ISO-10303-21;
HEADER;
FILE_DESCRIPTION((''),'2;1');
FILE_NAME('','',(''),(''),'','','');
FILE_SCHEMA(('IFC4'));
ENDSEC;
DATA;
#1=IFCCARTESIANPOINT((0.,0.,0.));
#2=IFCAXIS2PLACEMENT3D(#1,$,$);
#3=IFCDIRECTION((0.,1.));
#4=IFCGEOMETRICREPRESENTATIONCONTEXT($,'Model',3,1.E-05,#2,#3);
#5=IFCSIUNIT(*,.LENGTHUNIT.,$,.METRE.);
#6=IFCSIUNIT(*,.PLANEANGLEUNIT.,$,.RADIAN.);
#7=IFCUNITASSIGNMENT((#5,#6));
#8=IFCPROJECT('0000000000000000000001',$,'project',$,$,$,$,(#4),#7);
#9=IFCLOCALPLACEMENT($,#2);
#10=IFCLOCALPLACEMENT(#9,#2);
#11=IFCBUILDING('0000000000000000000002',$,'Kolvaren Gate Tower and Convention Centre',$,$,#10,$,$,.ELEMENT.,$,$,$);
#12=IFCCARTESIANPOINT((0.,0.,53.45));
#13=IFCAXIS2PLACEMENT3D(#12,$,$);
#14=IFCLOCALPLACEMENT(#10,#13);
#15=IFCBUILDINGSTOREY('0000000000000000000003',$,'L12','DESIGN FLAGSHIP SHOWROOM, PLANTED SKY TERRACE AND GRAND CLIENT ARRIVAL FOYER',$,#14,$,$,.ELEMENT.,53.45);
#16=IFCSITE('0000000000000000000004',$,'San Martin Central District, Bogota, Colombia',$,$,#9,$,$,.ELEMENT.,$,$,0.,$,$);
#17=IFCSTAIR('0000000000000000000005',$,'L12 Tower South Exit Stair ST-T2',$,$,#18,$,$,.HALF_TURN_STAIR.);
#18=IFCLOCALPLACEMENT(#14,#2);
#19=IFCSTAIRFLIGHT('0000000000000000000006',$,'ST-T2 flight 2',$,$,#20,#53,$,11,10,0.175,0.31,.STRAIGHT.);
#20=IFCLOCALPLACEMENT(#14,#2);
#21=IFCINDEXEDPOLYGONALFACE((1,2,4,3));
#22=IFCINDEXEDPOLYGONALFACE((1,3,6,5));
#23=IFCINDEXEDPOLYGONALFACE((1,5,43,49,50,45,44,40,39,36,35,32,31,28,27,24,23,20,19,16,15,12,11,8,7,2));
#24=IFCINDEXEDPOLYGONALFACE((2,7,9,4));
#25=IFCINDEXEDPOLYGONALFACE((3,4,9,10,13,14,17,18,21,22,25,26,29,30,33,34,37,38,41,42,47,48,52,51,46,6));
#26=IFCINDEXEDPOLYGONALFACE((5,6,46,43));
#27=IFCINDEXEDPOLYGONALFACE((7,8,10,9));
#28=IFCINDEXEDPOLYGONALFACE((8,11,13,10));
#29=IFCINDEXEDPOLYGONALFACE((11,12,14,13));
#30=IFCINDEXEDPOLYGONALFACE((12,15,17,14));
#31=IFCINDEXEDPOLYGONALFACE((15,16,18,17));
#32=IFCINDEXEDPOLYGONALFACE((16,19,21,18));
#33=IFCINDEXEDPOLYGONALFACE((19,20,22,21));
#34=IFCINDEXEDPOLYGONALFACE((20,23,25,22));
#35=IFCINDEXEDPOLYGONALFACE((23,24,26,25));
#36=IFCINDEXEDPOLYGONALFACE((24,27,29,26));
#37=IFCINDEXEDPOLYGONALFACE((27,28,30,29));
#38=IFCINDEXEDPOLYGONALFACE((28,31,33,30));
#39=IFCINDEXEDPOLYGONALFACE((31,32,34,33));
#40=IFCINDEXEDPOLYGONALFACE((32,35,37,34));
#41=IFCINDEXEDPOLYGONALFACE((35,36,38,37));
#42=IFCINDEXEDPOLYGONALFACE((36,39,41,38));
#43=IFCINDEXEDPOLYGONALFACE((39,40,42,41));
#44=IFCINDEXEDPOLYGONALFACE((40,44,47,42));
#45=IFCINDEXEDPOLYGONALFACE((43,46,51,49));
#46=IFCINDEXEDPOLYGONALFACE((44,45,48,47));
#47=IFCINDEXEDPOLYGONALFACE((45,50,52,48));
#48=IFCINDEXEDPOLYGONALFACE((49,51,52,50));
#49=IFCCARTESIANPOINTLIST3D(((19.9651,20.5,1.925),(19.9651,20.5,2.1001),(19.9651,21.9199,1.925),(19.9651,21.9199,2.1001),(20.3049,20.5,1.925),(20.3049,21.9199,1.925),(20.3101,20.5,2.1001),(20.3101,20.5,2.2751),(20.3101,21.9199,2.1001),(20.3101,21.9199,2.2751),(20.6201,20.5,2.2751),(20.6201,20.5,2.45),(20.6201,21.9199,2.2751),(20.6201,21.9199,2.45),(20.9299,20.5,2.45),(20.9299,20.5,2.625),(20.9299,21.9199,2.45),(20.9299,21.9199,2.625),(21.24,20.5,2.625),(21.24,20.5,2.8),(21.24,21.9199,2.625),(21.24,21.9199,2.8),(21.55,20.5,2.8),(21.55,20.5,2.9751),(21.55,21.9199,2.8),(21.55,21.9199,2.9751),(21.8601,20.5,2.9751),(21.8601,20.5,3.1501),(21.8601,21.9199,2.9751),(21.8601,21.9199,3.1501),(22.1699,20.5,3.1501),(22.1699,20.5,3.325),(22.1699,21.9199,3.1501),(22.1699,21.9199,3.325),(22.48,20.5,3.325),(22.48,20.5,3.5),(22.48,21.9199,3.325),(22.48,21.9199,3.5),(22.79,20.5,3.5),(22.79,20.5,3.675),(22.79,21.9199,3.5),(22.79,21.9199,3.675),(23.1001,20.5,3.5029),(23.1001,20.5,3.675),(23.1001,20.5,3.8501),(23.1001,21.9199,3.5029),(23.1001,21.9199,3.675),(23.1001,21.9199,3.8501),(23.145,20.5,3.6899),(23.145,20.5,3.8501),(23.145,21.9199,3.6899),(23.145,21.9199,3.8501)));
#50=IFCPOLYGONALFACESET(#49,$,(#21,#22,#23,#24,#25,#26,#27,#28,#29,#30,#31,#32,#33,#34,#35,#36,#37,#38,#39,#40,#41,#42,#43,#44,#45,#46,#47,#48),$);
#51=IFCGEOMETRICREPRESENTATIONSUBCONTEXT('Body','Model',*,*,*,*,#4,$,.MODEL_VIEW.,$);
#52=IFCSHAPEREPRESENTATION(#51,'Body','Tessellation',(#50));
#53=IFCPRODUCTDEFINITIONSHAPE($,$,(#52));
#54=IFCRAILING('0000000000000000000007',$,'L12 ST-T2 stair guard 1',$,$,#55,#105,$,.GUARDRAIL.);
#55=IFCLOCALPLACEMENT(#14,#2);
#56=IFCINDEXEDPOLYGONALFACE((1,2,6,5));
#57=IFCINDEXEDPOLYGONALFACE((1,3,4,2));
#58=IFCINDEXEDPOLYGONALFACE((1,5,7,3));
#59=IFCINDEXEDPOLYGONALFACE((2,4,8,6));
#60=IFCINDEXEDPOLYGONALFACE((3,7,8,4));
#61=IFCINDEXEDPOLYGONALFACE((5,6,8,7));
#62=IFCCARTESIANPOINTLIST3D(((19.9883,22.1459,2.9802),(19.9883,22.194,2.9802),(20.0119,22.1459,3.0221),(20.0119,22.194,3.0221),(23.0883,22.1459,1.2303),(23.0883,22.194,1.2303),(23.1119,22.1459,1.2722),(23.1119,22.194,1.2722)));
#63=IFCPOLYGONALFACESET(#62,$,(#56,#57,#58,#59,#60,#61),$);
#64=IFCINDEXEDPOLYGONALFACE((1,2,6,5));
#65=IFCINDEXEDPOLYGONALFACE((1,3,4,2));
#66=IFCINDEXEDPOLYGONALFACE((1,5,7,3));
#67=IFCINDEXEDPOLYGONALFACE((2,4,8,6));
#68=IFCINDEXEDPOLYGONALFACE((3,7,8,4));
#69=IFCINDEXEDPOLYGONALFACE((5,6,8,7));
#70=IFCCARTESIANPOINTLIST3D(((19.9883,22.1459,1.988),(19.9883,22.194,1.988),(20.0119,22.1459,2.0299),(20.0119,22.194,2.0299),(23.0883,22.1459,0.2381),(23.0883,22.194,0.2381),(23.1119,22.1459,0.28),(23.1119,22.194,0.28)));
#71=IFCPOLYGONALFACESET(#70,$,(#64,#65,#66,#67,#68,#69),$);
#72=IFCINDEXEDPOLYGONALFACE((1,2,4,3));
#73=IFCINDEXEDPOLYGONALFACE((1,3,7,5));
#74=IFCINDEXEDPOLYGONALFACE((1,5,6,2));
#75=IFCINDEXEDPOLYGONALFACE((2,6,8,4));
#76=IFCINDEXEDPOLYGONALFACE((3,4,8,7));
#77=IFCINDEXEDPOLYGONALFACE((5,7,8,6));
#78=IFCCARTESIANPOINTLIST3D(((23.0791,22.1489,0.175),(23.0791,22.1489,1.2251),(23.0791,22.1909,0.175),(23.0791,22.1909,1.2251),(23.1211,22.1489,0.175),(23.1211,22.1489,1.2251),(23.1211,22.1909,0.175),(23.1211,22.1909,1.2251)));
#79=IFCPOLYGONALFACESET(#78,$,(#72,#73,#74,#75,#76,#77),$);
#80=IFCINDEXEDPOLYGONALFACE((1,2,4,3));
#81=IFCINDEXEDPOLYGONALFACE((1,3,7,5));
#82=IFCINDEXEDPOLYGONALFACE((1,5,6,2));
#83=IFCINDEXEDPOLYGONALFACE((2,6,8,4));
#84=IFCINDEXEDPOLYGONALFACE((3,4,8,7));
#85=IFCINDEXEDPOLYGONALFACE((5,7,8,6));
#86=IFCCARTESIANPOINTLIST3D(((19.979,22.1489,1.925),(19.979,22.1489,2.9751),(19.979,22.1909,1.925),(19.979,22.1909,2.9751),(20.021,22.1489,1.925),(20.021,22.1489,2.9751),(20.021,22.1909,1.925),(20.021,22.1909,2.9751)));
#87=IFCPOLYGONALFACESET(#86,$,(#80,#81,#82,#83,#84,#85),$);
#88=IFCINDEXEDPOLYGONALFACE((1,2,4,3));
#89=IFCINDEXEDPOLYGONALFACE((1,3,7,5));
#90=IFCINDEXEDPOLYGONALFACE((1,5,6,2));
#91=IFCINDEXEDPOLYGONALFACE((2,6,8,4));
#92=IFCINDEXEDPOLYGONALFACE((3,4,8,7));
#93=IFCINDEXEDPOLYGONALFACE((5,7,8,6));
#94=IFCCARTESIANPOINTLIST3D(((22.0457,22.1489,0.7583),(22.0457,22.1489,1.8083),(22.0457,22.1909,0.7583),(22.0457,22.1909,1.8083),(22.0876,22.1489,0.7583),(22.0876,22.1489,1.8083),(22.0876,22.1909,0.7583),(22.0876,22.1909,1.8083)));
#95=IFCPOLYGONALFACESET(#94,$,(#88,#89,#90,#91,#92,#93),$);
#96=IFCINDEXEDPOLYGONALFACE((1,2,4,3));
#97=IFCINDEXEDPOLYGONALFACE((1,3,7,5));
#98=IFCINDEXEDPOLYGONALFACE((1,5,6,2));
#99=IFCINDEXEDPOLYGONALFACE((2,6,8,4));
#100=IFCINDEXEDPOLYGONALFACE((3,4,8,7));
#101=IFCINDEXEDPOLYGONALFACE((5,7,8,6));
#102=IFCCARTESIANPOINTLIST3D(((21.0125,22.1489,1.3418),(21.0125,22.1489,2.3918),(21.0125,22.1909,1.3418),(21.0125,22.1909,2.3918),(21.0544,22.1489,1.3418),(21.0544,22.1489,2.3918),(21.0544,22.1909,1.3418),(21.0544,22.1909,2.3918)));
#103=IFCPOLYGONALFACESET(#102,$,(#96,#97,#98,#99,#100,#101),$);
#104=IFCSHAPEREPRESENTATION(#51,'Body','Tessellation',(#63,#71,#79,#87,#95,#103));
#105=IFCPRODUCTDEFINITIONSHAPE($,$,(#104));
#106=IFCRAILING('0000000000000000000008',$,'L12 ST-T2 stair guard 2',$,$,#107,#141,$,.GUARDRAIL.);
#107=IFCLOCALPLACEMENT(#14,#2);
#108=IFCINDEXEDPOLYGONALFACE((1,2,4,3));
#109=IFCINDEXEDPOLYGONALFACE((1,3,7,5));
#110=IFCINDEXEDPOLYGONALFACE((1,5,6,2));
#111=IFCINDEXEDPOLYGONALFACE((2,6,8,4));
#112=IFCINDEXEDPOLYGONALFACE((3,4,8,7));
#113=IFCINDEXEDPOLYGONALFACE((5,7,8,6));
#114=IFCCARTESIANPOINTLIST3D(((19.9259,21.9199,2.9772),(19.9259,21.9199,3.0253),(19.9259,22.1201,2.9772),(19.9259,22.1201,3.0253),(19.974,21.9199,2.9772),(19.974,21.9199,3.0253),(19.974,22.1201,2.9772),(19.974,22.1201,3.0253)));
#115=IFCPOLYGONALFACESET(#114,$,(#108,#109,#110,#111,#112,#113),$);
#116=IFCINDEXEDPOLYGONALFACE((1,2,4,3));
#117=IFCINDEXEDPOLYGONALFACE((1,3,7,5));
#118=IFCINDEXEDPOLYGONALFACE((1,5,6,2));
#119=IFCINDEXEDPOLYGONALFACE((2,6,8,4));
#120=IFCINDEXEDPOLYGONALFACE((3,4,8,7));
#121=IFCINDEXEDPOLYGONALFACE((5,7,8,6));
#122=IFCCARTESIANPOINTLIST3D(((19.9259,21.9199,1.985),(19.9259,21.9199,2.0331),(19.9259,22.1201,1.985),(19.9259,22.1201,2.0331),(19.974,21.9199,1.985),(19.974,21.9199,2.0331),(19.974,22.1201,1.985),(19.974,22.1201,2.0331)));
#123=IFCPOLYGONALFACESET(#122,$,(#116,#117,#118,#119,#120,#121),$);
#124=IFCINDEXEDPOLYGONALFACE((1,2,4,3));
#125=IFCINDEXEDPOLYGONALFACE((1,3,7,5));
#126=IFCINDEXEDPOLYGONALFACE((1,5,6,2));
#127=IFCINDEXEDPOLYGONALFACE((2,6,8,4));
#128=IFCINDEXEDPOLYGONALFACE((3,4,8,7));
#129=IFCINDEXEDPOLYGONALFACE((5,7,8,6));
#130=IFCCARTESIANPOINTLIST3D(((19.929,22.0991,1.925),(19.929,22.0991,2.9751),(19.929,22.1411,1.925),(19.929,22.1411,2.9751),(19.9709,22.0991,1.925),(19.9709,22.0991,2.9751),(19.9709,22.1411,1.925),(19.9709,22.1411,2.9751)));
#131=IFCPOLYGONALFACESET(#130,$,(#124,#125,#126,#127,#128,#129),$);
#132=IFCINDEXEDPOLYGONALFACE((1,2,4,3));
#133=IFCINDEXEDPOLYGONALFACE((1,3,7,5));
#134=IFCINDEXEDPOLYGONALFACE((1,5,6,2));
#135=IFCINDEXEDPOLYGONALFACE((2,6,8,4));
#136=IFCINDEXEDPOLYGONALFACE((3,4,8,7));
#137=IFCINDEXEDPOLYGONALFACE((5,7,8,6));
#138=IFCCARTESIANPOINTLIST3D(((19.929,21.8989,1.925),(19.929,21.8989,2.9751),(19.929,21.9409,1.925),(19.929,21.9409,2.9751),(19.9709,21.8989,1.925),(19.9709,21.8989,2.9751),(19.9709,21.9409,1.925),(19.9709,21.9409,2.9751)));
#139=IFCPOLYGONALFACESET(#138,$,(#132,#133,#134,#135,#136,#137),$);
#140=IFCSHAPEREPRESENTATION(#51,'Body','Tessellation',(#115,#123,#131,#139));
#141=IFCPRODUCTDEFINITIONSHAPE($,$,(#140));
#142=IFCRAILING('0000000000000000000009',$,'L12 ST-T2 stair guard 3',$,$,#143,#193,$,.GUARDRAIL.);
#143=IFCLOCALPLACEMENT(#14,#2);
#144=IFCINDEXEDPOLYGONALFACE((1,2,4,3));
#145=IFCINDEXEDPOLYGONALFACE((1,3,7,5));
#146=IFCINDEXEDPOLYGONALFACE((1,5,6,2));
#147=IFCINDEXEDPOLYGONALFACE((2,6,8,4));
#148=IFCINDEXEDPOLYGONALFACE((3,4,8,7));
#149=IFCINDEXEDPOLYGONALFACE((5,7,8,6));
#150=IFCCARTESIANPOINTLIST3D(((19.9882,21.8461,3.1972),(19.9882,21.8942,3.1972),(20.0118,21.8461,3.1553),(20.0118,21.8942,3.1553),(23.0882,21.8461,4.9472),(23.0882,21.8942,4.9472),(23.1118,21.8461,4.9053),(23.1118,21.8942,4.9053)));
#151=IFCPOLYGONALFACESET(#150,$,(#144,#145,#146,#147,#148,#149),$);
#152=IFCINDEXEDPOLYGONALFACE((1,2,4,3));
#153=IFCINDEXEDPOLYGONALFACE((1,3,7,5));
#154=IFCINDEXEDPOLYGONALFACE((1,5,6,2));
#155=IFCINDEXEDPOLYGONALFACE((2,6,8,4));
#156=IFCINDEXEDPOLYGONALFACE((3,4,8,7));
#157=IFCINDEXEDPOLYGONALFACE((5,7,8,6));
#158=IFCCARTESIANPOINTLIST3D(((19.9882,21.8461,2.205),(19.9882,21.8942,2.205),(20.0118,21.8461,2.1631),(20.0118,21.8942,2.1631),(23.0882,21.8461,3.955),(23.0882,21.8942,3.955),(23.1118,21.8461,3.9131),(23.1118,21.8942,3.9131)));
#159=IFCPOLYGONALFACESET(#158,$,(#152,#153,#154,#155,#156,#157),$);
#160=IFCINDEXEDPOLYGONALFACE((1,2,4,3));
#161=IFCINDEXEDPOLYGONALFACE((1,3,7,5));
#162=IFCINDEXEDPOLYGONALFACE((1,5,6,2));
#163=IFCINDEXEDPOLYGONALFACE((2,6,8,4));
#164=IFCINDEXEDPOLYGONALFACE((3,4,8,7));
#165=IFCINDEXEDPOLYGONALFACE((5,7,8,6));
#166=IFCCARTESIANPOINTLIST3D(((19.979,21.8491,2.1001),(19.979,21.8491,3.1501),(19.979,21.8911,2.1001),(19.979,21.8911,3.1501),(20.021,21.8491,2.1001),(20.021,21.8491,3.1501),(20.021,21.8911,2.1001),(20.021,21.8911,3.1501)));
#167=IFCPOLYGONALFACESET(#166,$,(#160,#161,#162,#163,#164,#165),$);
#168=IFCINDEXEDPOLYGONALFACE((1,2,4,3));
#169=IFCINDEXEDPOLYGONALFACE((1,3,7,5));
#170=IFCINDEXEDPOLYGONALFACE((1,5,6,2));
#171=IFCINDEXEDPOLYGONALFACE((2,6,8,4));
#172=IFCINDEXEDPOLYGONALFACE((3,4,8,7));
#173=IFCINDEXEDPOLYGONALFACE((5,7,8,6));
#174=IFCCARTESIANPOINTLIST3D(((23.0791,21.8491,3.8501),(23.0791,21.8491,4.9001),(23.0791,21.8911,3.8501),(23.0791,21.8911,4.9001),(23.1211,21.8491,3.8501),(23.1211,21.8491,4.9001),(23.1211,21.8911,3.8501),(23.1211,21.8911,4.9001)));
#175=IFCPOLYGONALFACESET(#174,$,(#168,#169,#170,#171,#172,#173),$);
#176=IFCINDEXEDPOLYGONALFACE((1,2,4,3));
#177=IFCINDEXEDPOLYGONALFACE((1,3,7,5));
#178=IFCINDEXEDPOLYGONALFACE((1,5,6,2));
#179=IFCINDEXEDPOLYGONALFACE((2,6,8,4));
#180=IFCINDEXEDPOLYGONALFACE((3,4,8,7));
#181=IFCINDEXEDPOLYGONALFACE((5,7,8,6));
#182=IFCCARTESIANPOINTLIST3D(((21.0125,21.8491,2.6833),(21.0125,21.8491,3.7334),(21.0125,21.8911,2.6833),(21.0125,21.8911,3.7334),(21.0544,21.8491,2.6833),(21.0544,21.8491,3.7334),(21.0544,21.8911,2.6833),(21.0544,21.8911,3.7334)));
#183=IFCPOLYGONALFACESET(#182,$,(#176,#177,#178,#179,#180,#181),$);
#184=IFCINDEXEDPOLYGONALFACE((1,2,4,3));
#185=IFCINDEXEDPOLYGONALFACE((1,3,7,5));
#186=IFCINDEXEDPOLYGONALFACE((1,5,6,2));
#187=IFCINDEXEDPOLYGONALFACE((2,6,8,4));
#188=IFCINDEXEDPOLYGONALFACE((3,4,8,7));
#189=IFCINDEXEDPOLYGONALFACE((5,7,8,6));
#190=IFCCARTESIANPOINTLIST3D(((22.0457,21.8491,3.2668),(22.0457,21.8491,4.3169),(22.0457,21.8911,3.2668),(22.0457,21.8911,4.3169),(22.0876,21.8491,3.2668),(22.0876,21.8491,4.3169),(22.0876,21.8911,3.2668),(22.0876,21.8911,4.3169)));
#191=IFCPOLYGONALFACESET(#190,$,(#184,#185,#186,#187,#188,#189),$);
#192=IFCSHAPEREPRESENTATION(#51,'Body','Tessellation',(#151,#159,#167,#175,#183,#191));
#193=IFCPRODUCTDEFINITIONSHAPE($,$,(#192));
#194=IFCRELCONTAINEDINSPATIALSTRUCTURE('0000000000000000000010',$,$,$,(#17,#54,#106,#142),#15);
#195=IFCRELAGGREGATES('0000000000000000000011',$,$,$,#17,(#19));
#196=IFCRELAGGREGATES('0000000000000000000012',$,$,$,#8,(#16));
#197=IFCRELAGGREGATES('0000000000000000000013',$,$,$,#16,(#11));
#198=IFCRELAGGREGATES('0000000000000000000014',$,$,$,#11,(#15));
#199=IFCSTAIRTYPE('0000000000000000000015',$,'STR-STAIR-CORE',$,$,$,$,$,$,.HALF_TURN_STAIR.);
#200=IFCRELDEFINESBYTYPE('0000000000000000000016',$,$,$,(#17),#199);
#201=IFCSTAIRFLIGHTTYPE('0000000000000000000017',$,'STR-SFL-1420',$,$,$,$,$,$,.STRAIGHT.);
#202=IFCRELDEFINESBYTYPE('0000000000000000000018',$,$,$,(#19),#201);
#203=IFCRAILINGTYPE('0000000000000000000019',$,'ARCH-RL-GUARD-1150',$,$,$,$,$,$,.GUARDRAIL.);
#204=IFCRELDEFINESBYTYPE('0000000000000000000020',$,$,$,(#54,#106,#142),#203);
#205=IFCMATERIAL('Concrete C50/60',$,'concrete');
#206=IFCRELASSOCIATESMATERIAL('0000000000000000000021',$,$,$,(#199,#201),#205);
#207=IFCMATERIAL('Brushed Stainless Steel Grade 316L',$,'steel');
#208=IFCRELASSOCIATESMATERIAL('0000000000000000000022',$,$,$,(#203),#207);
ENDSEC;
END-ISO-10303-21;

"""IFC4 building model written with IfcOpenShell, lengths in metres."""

from ifc_helpers import new_model, si_unit, direction, frame, origin, origin_2d, place, context, subcontext, project, spatial, polyline, rectangle, outline, extrude, material, type_object, element, aggregate, save


model = new_model("IFC4")

# Units and contexts
model_context = context("Model", 3, precision=1e-05, world=origin(), true_north=direction((0.0, 1.0)))
body_context = subcontext(model_context, "Body", "Model", "MODEL_VIEW")
ifc_project = project(units=[si_unit("LENGTHUNIT", "METRE"), si_unit("PLANEANGLEUNIT", "RADIAN")], contexts=[model_context])

# Site, building, storey
site_placement = place(None, origin())
site = spatial("IfcSite", under=ifc_project, at=site_placement, Name="San Martin Central District, Bogota, Colombia", CompositionType="ELEMENT", RefElevation=0.0)
building_placement = place(site_placement, origin())
building = spatial("IfcBuilding", under=site, at=building_placement, Name="Kolvaren Gate Tower and Convention Centre", CompositionType="ELEMENT")
storey_placement = place(building_placement, frame((0.0, 0.0, 53.45)))
storey = spatial("IfcBuildingStorey", under=building, at=storey_placement, Name="L12", Description="DESIGN FLAGSHIP SHOWROOM, PLANTED SKY TERRACE AND GRAND CLIENT ARRIVAL FOYER", CompositionType="ELEMENT", Elevation=53.45)

# Shared definitions
ifc_material_1 = material(Name="Brushed Stainless Steel Grade 316L", Category="steel")

# Shared definitions
ifc_material_2 = material(Name="Concrete C50/60", Category="concrete")

# Stair, stair flight
stair_type = type_object("IfcStairType", Name="STR-STAIR-CORE", PredefinedType="HALF_TURN_STAIR", material=ifc_material_2)
stair_placement = place(storey_placement, origin())
stair = element("IfcStair", 1, at=stair_placement, inside=storey, type_object=stair_type, Name="L12 Tower South Exit Stair ST-T2", PredefinedType="HALF_TURN_STAIR")
stair_flight_type = type_object("IfcStairFlightType", Name="STR-SFL-1420", PredefinedType="STRAIGHT", material=ifc_material_2)
stair_flight_1_placement = place(storey_placement, frame((20.0, 21.21, 1.925), z_axis=(0.0, 0.0, 1.0), x_axis=(1.0, 0.0, 0.0)))
stair_flight_1 = element("IfcStairFlight", 2, at=stair_flight_1_placement, type_object=stair_flight_type, Name="ST-T2 flight 2", NumberOfRisers=11, NumberOfTreads=10, PredefinedType="STRAIGHT", RiserHeight=0.175, TreadLength=0.31, context=body_context, shape_type="SweptSolid", body=[
    extrude(outline(polyline([(-0.0349, 0.0), (-0.0349, 0.175), (0.3101, 0.175), (0.3101, 0.3501), (0.6201, 0.3501), (0.6201, 0.5249), (0.9299, 0.5249), (0.9299, 0.7), (1.24, 0.7), (1.24, 0.875), (1.55, 0.875), (1.55, 1.05), (1.8601, 1.05), (1.8601, 1.2251), (2.1699, 1.2251), (2.1699, 1.3999), (2.48, 1.3999), (2.48, 1.575), (2.79, 1.575), (2.79, 1.75), (3.1001, 1.75), (3.1001, 1.925), (3.145, 1.925), (3.145, 1.7649), (3.1001, 1.5779), (0.3049, 0.0), (-0.0349, 0.0)])), frame((0.0, 0.71, 0.0), z_axis=(0.0, -1.0, 0.0), x_axis=(1.0, 0.0, 0.0)), (0.0, 0.0, 1.0), 1.4199),
])
aggregate(stair, [stair_flight_1])

# Railings
railing_type_1 = type_object("IfcRailingType", Name="ARCH-RL-GUARD-1150", PredefinedType="GUARDRAIL", material=ifc_material_1)
railing_1_placement = place(storey_placement, frame((23.1001, 22.1699, 0.175)))
element("IfcRailing", 3, at=railing_1_placement, inside=storey, type_object=railing_type_1, Name="L12 ST-T2 stair guard 1", PredefinedType="GUARDRAIL", context=body_context, shape_type="SweptSolid", body=[
    extrude(rectangle(XDim=0.0481, YDim=0.0481, at=origin_2d()), frame((0.0, 0.0, 1.0762), z_axis=(-0.870831, 0.0, 0.491583), x_axis=(0.0, -1.0, 0.0)), (0.0, 0.0, 1.0), 3.5598),
    extrude(rectangle(XDim=0.0481, YDim=0.0481, at=origin_2d()), frame((0.0, 0.0, 0.084), z_axis=(-0.870831, 0.0, 0.491583), x_axis=(0.0, -1.0, 0.0)), (0.0, 0.0, 1.0), 3.5598),
    extrude(rectangle(XDim=0.042, YDim=0.042, at=origin_2d()), origin(), (0.0, 0.0, 1.0), 1.05),
    extrude(rectangle(XDim=0.042, YDim=0.042, at=origin_2d()), frame((-3.1001, 0.0, 1.75)), (0.0, 0.0, 1.0), 1.05),
    extrude(rectangle(XDim=0.042, YDim=0.042, at=origin_2d()), frame((-1.0334, 0.0, 0.5833)), (0.0, 0.0, 1.0), 1.05),
    extrude(rectangle(XDim=0.042, YDim=0.042, at=origin_2d()), frame((-2.0667, 0.0, 1.1667)), (0.0, 0.0, 1.0), 1.05),
])
railing_2_placement = place(storey_placement, frame((19.95, 22.1201, 1.925)))
element("IfcRailing", 4, at=railing_2_placement, inside=storey, type_object=railing_type_1, Name="L12 ST-T2 stair guard 2", PredefinedType="GUARDRAIL", context=body_context, shape_type="SweptSolid", body=[
    extrude(rectangle(XDim=0.0481, YDim=0.0481, at=origin_2d()), frame((0.0, 0.0, 1.0762), z_axis=(0.0, -1.0, 0.0), x_axis=(1.0, 0.0, 0.0)), (0.0, 0.0, 1.0), 0.2002),
    extrude(rectangle(XDim=0.0481, YDim=0.0481, at=origin_2d()), frame((0.0, 0.0, 0.084), z_axis=(0.0, -1.0, 0.0), x_axis=(1.0, 0.0, 0.0)), (0.0, 0.0, 1.0), 0.2002),
    extrude(rectangle(XDim=0.042, YDim=0.042, at=origin_2d()), origin(), (0.0, 0.0, 1.0), 1.05),
    extrude(rectangle(XDim=0.042, YDim=0.042, at=origin_2d()), frame((0.0, -0.2002, 0.0)), (0.0, 0.0, 1.0), 1.05),
])
railing_3_placement = place(storey_placement, frame((20.0, 21.8701, 2.1001)))
element("IfcRailing", 5, at=railing_3_placement, inside=storey, type_object=railing_type_1, Name="L12 ST-T2 stair guard 3", PredefinedType="GUARDRAIL", context=body_context, shape_type="SweptSolid", body=[
    extrude(rectangle(XDim=0.0481, YDim=0.0481, at=origin_2d()), frame((0.0, 0.0, 1.0762), z_axis=(0.870831, 0.0, 0.491583), x_axis=(0.0, 1.0, 0.0)), (0.0, 0.0, 1.0), 3.5598),
    extrude(rectangle(XDim=0.0481, YDim=0.0481, at=origin_2d()), frame((0.0, 0.0, 0.084), z_axis=(0.870831, 0.0, 0.491583), x_axis=(0.0, 1.0, 0.0)), (0.0, 0.0, 1.0), 3.5598),
    extrude(rectangle(XDim=0.042, YDim=0.042, at=origin_2d()), origin(), (0.0, 0.0, 1.0), 1.05),
    extrude(rectangle(XDim=0.042, YDim=0.042, at=origin_2d()), frame((3.1001, 0.0, 1.75)), (0.0, 0.0, 1.0), 1.05),
    extrude(rectangle(XDim=0.042, YDim=0.042, at=origin_2d()), frame((1.0334, 0.0, 0.5833)), (0.0, 0.0, 1.0), 1.05),
    extrude(rectangle(XDim=0.042, YDim=0.042, at=origin_2d()), frame((2.0667, 0.0, 1.1667)), (0.0, 0.0, 1.0), 1.05),
])

save(model, "model.ifc")
